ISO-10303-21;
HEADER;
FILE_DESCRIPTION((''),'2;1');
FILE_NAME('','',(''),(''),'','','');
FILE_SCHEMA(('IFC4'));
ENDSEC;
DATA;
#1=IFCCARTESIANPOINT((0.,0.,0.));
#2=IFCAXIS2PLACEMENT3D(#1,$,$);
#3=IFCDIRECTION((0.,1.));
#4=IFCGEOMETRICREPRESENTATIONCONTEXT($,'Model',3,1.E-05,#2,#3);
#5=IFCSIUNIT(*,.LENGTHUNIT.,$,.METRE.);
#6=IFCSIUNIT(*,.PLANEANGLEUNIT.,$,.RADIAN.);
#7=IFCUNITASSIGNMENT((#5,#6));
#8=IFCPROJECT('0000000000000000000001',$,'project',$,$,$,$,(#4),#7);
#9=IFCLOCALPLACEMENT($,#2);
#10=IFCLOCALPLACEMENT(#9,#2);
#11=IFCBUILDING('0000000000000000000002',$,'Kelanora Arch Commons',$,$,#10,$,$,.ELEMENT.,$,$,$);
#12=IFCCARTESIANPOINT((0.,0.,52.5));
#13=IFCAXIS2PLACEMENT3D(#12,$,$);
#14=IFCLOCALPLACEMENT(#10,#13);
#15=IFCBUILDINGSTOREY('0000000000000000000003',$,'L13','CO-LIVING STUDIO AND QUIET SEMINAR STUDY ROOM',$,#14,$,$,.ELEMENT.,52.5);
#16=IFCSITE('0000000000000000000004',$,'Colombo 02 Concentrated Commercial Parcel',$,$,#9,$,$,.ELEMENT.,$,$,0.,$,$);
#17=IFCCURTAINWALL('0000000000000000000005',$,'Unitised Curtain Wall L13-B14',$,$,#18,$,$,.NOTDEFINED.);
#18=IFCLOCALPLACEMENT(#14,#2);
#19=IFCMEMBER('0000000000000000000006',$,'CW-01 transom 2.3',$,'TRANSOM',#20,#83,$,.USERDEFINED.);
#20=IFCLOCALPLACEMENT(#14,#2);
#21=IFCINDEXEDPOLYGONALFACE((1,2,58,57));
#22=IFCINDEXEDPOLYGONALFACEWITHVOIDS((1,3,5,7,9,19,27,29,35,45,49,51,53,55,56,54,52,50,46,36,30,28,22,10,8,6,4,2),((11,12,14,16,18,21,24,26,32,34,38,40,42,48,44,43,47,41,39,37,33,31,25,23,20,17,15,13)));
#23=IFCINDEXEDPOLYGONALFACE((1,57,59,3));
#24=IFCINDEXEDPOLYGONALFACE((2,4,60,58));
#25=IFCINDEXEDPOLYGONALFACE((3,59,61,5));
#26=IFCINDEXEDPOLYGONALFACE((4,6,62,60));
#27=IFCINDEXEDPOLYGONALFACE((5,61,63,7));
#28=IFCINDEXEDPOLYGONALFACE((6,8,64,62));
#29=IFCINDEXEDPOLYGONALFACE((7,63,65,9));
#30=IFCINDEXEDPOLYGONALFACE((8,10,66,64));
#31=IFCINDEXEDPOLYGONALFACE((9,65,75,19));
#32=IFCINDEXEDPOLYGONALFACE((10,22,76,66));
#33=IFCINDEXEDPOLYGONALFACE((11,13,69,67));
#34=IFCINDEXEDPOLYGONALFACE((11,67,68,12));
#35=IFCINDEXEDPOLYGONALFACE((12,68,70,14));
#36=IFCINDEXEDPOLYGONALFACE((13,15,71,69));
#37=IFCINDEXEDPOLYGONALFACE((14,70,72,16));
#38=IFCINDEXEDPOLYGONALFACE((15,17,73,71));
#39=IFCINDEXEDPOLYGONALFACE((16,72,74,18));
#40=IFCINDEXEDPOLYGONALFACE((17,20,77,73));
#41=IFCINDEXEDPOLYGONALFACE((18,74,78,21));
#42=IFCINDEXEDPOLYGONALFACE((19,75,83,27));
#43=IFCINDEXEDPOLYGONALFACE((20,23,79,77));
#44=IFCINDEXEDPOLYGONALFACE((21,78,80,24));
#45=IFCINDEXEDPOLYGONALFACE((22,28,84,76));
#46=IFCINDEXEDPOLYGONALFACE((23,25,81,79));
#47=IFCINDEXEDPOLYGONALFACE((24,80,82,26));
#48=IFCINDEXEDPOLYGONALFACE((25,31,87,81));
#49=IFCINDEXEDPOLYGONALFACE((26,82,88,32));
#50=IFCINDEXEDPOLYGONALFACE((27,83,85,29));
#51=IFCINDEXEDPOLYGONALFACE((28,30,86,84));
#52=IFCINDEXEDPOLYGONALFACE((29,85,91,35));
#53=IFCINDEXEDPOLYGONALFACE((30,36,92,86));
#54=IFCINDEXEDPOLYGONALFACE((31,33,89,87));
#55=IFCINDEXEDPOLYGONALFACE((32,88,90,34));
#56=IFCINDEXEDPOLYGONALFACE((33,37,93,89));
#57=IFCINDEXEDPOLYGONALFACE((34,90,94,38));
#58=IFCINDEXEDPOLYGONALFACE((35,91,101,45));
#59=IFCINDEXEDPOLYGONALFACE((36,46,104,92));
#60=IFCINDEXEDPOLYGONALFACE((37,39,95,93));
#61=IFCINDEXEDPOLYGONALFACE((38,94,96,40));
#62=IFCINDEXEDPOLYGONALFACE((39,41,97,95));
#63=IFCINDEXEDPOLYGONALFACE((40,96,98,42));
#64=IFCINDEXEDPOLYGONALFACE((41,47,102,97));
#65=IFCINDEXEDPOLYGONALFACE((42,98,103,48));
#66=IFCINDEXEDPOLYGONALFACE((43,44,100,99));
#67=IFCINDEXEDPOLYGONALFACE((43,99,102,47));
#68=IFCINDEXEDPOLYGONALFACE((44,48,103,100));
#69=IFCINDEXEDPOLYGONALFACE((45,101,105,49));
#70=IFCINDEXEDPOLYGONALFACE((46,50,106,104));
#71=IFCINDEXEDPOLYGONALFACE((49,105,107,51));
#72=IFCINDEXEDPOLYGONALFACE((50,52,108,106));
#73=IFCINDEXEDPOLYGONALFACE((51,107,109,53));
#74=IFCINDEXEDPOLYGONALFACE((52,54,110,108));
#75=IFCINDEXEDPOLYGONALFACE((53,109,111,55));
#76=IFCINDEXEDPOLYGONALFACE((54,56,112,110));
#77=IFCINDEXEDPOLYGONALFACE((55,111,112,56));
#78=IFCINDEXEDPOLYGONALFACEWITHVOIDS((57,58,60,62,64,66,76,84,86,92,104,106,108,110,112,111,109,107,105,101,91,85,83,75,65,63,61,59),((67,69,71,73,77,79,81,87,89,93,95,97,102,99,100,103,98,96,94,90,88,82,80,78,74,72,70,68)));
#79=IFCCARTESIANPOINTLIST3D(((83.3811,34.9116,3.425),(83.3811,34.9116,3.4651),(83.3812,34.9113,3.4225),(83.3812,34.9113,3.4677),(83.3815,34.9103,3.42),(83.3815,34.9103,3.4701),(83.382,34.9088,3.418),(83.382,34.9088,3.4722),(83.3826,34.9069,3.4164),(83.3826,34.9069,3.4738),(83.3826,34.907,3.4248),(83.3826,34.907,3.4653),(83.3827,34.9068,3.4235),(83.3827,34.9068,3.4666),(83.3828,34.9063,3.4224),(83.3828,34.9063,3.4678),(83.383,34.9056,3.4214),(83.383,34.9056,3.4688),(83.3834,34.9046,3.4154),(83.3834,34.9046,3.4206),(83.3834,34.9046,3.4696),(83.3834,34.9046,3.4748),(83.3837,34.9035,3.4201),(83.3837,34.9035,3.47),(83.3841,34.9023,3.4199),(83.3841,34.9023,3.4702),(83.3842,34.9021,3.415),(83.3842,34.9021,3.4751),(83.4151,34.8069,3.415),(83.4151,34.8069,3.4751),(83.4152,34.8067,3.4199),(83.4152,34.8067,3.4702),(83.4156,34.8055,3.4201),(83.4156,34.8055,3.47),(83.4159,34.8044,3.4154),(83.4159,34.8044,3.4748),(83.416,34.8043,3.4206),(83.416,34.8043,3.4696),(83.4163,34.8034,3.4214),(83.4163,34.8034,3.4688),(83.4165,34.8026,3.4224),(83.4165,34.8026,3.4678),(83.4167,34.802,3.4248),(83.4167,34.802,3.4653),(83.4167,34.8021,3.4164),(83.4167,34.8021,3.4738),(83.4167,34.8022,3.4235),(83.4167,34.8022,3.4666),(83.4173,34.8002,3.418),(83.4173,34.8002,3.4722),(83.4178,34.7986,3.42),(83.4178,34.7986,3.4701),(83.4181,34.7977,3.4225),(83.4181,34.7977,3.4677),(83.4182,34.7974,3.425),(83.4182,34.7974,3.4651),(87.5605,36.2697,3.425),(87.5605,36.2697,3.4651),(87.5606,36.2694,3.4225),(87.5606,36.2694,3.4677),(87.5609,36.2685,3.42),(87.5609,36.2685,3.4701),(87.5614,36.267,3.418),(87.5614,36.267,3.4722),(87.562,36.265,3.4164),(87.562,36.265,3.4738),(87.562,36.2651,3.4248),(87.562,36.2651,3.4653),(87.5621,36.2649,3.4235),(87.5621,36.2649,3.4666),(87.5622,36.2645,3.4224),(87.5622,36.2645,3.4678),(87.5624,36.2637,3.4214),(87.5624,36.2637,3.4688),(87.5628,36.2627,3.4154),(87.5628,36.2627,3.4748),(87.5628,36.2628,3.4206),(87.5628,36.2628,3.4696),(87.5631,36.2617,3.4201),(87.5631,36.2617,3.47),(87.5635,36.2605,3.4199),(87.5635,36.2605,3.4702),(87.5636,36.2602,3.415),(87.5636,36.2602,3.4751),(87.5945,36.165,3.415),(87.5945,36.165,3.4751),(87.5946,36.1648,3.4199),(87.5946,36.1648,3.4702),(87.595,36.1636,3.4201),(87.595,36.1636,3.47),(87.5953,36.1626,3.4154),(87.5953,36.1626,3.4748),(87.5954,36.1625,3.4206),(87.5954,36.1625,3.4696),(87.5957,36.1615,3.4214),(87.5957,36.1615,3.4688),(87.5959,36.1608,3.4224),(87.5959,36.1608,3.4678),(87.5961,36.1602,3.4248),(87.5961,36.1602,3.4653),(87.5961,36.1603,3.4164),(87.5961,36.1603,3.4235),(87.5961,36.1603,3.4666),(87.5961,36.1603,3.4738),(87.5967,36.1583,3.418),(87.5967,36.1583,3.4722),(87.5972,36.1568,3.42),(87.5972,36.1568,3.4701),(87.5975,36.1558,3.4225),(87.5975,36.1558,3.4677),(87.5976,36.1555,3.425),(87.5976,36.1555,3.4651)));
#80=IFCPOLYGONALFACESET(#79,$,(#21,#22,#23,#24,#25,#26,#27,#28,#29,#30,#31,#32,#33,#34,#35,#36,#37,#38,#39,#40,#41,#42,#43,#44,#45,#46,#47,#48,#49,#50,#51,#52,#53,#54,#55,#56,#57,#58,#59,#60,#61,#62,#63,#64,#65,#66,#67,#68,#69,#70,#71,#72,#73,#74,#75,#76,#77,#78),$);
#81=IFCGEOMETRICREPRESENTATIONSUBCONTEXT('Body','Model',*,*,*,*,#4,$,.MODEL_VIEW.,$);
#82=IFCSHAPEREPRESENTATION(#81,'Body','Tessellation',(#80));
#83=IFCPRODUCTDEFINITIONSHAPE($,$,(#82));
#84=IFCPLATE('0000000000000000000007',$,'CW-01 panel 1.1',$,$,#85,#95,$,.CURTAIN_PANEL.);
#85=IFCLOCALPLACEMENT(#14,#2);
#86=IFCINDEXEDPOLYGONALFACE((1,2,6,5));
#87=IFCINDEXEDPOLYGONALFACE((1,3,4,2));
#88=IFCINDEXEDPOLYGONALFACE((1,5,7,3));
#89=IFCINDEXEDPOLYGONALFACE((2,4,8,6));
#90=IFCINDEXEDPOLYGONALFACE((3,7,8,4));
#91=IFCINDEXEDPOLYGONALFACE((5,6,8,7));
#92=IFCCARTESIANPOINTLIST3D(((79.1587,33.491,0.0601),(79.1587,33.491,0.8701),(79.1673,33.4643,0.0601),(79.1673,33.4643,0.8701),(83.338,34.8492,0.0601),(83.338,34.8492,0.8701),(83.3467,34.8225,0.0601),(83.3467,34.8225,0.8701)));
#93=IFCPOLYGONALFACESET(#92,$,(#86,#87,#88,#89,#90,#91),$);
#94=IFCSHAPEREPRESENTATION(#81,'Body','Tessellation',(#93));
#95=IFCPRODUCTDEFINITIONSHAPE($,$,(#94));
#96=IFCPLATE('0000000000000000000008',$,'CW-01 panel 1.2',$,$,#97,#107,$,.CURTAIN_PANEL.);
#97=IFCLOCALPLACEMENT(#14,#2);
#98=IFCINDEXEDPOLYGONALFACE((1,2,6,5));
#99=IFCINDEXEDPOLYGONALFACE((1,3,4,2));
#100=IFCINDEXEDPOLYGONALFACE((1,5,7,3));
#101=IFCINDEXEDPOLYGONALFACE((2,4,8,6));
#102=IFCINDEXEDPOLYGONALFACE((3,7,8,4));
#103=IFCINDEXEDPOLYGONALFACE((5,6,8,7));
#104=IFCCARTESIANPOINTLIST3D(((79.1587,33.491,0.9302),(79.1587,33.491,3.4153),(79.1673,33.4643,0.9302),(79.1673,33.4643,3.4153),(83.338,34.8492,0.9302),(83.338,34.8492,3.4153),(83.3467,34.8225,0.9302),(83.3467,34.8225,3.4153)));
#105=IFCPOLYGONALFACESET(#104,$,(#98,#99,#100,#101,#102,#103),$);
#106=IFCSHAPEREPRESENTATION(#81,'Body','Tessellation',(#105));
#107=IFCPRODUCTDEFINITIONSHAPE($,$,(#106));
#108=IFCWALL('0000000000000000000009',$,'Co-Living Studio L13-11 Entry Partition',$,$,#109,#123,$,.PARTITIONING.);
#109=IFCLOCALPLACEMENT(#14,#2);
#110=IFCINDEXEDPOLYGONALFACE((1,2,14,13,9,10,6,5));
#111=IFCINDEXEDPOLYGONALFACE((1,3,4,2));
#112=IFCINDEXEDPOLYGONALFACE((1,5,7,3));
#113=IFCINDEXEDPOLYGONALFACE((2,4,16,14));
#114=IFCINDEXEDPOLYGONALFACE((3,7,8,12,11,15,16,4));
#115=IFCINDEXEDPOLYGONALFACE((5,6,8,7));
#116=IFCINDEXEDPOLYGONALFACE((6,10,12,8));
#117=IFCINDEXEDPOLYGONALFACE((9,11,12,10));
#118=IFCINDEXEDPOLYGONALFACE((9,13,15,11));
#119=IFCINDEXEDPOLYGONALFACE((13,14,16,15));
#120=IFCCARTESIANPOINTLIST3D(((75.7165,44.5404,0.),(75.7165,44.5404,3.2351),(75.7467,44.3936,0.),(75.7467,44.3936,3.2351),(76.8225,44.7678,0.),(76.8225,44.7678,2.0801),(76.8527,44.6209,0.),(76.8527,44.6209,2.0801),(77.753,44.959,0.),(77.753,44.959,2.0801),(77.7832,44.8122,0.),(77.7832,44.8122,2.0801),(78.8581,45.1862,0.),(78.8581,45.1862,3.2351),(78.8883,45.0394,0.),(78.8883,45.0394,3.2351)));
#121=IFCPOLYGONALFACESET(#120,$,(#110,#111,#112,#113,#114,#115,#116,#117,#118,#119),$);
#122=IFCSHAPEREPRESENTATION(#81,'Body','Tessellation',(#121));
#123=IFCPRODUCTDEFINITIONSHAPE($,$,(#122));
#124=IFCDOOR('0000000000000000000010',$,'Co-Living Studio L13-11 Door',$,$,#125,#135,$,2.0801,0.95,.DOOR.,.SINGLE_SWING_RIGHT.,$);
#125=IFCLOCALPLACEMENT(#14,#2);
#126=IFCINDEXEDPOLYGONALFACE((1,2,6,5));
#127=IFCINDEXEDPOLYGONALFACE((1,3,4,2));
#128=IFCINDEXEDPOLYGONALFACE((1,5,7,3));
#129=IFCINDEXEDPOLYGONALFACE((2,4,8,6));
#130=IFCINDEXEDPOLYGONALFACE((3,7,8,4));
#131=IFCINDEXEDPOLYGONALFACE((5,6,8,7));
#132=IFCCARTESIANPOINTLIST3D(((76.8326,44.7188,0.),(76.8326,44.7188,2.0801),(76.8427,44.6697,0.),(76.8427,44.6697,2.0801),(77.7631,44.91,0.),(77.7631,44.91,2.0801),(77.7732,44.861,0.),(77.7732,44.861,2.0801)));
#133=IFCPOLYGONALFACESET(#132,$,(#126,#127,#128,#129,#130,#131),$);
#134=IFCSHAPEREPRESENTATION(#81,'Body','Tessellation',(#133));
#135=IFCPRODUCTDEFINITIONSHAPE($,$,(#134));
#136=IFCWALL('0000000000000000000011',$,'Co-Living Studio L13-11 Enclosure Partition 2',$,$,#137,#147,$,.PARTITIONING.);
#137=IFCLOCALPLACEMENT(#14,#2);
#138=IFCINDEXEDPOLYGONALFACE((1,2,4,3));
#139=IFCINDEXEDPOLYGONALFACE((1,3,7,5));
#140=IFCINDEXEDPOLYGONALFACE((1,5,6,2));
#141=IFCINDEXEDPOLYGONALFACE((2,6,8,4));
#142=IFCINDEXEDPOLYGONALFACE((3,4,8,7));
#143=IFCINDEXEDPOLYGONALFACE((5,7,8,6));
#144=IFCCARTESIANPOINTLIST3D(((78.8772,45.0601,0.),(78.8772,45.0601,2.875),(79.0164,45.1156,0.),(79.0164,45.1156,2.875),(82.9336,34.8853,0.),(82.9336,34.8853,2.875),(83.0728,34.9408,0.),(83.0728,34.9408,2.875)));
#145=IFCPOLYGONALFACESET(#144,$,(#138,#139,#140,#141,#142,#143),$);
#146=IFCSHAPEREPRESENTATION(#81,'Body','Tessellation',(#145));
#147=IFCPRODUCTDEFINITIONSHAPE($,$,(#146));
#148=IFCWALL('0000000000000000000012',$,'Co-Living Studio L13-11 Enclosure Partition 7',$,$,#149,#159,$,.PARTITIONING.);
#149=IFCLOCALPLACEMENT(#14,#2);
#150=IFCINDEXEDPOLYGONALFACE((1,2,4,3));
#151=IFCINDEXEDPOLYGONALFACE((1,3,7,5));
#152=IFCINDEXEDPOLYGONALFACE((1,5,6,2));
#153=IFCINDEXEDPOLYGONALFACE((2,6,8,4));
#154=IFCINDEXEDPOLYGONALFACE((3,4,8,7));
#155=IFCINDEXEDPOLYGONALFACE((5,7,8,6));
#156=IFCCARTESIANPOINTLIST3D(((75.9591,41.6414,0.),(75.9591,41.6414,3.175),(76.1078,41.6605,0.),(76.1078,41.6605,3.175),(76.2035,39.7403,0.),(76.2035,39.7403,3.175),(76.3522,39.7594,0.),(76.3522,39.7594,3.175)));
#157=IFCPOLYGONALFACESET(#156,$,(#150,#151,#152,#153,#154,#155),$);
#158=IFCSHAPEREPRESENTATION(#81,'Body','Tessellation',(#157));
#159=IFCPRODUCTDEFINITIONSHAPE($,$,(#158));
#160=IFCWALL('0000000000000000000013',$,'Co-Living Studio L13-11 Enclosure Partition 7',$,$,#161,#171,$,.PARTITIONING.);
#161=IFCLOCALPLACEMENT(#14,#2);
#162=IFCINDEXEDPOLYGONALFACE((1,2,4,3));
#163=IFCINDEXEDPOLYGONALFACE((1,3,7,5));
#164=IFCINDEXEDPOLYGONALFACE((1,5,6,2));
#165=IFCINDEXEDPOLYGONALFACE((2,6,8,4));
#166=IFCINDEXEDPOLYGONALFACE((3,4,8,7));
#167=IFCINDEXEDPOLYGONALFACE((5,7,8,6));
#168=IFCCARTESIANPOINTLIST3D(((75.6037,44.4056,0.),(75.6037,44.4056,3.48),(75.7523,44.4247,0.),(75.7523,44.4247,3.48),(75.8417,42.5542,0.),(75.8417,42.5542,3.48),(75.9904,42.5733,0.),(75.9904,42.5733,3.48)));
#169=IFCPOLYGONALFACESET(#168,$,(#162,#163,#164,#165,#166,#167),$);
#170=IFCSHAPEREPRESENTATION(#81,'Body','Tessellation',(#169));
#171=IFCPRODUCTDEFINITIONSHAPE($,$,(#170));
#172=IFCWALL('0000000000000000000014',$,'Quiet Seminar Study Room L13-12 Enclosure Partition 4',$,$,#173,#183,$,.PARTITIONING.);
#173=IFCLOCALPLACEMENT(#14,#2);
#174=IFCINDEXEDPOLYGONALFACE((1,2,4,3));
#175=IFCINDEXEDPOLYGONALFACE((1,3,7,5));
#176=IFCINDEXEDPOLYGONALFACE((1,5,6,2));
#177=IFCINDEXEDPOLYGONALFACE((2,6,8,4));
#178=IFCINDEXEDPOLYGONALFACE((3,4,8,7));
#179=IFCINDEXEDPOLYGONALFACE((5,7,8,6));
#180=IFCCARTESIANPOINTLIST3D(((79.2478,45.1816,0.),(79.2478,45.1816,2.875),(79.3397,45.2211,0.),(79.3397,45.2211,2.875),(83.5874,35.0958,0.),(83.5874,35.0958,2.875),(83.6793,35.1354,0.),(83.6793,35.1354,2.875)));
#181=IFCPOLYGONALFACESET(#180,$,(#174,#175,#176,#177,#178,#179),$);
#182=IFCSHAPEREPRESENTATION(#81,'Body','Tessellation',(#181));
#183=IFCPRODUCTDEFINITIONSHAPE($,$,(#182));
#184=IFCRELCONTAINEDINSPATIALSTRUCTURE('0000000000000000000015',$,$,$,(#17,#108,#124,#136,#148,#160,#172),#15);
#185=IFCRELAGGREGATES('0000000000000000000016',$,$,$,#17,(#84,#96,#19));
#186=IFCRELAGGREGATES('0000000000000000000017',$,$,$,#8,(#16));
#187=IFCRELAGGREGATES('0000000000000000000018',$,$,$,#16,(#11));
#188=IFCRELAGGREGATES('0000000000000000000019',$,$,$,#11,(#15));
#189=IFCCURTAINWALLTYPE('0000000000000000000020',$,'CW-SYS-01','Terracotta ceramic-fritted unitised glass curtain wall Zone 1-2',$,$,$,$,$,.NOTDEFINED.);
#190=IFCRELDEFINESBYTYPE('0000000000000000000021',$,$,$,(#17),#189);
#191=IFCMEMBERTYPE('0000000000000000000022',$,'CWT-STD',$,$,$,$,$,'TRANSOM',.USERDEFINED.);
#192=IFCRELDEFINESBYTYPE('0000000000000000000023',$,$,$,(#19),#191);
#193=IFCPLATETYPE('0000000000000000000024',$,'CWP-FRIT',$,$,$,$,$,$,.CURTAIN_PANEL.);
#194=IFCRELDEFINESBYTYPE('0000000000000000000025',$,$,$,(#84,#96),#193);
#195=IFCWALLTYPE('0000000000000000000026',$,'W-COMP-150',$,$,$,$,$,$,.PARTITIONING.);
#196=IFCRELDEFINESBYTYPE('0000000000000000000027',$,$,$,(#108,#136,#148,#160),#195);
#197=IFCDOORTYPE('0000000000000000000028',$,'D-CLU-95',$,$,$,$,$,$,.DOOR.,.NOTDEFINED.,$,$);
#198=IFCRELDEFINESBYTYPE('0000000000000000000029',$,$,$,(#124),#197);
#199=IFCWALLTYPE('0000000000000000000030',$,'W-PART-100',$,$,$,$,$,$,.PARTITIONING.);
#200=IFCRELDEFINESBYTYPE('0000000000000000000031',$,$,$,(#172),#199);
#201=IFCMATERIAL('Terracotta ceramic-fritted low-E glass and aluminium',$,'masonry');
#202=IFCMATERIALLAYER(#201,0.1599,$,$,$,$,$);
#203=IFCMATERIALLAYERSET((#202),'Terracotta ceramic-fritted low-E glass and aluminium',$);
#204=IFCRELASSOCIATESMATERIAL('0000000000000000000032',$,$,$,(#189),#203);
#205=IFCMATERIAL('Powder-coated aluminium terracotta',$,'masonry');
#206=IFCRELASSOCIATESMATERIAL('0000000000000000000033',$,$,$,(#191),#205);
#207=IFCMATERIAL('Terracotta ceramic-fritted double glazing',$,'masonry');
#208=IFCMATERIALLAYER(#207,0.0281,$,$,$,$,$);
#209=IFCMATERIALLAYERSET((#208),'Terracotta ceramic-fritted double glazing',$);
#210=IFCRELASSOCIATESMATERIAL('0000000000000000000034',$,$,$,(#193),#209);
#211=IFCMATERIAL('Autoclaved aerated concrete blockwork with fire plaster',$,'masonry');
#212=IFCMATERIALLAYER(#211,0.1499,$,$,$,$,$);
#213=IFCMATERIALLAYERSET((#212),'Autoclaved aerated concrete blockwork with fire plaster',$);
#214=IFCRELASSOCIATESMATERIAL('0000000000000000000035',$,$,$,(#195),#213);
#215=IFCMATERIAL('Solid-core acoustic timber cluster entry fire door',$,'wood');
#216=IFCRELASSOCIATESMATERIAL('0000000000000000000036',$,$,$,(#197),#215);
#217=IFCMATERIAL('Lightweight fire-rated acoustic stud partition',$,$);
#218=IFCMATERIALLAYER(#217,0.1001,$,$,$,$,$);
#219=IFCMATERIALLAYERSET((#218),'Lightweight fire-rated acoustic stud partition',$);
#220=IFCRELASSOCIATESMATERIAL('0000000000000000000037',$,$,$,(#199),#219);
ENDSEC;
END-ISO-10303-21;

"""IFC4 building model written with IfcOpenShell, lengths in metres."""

from ifc_helpers import new_model, si_unit, direction, frame, frame_2d, origin, origin_2d, place, context, subcontext, project, spatial, rectangle, hollow_rectangle, extrude, source, transform, mapped, material, layer, layer_set, material_profile, profile_set, type_object, element, fill, aggregate, save


model = new_model("IFC4")

# Units and contexts
model_context = context("Model", 3, precision=1e-05, world=origin(), true_north=direction((0.0, 1.0)))
body_context = subcontext(model_context, "Body", "Model", "MODEL_VIEW")
ifc_project = project(units=[si_unit("LENGTHUNIT", "METRE"), si_unit("PLANEANGLEUNIT", "RADIAN")], contexts=[model_context])

# Site, building, storey
site_placement = place(None, origin())
site = spatial("IfcSite", under=ifc_project, at=site_placement, Name="Colombo 02 Concentrated Commercial Parcel", CompositionType="ELEMENT", RefElevation=0.0)
building_placement = place(site_placement, origin())
building = spatial("IfcBuilding", under=site, at=building_placement, Name="Kelanora Arch Commons", CompositionType="ELEMENT")
storey_placement = place(building_placement, frame((0.0, 0.0, 52.5)))
storey = spatial("IfcBuildingStorey", under=building, at=storey_placement, Name="L13", Description="CO-LIVING STUDIO AND QUIET SEMINAR STUDY ROOM", CompositionType="ELEMENT", Elevation=52.5)

# Curtain wall, member, plates
ifc_material_1 = material(Name="Terracotta ceramic-fritted low-E glass and aluminium", Category="masonry")
ifc_layer_1 = layer(ifc_material_1, 0.1599)
ifc_layer_set_1 = layer_set([ifc_layer_1], Name="Terracotta ceramic-fritted low-E glass and aluminium")
curtain_wall_type = type_object("IfcCurtainWallType", Name="CW-SYS-01", Description="Terracotta ceramic-fritted unitised glass curtain wall Zone 1-2", PredefinedType="NOTDEFINED", material=ifc_layer_set_1)
curtain_wall_placement = place(storey_placement, origin())
curtain_wall = element("IfcCurtainWall", 1, at=curtain_wall_placement, inside=storey, type_object=curtain_wall_type, Name="Unitised Curtain Wall L13-B14", PredefinedType="NOTDEFINED")
ifc_material_2 = material(Name="Powder-coated aluminium terracotta", Category="masonry")
ifc_material_profile_1 = material_profile(ifc_material_2, hollow_rectangle(XDim=0.1201, YDim=0.0601, WallThickness=0.0049, InnerFilletRadius=0.0049, OuterFilletRadius=0.01, at=origin_2d()), Name="CWT120x60")
ifc_profile_set_1 = profile_set([ifc_material_profile_1], Name="Powder-coated aluminium terracotta")
member_type_1 = type_object("IfcMemberType", Name="CWT-STD", ElementType="TRANSOM", PredefinedType="USERDEFINED", material=ifc_profile_set_1)
member_1_placement = place(storey_placement, frame((83.3997, 34.8545, 3.4451), z_axis=(0.951045, 0.309052, 0.0), x_axis=(-0.309052, 0.951045, 0.0)))
member_1 = element("IfcMember", 2, at=member_1_placement, type_object=member_type_1, Name="CW-01 transom 2.3", ObjectType="TRANSOM", PredefinedType="USERDEFINED", context=body_context, shape_type="SweptSolid", body=[
    extrude(hollow_rectangle(XDim=0.1201, YDim=0.0601, WallThickness=0.0049, InnerFilletRadius=0.0049, OuterFilletRadius=0.01, at=origin_2d()), origin(), (0.0, 0.0, 1.0), 4.3945),
])
ifc_material_3 = material(Name="Terracotta ceramic-fritted double glazing", Category="masonry")
ifc_layer_2 = layer(ifc_material_3, 0.0281)
ifc_layer_set_2 = layer_set([ifc_layer_2], Name="Terracotta ceramic-fritted double glazing")
plate_type = type_object("IfcPlateType", Name="CWP-FRIT", PredefinedType="CURTAIN_PANEL", material=ifc_layer_set_2)
shared_shape_1 = source(origin(), body_context, "Body", "SweptSolid", [
    extrude(rectangle(XDim=4.3945, YDim=0.0281, at=origin_2d()), origin(), (0.0, 0.0, 1.0), 0.8101),
])
plate_1_placement = place(storey_placement, frame((81.2527, 34.1567, 0.0601), z_axis=(0.0, 0.0, 1.0), x_axis=(0.951043, 0.309058, 0.0)))
plate_1 = element("IfcPlate", 3, at=plate_1_placement, type_object=plate_type, Name="CW-01 panel 1.1", PredefinedType="CURTAIN_PANEL", context=body_context, shape_type="MappedRepresentation", body=[
    mapped(shared_shape_1, transform((0.0, 0.0, 0.0), scale=1.0)),
])
shared_shape_2 = source(origin(), body_context, "Body", "SweptSolid", [
    extrude(rectangle(XDim=4.3945, YDim=0.0281, at=origin_2d()), origin(), (0.0, 0.0, 1.0), 2.4851),
])
plate_2_placement = place(storey_placement, frame((81.2527, 34.1567, 0.9302), z_axis=(0.0, 0.0, 1.0), x_axis=(0.951043, 0.309058, 0.0)))
plate_2 = element("IfcPlate", 4, at=plate_2_placement, type_object=plate_type, Name="CW-01 panel 1.2", PredefinedType="CURTAIN_PANEL", context=body_context, shape_type="MappedRepresentation", body=[
    mapped(shared_shape_2, transform((0.0, 0.0, 0.0), scale=1.0)),
])
aggregate(curtain_wall, [plate_1, plate_2, member_1])

# Wall, opening, door
ifc_material_4 = material(Name="Autoclaved aerated concrete blockwork with fire plaster", Category="masonry")
ifc_layer_3 = layer(ifc_material_4, 0.1499)
ifc_layer_set_3 = layer_set([ifc_layer_3], Name="Autoclaved aerated concrete blockwork with fire plaster")
wall_type_1 = type_object("IfcWallType", Name="W-COMP-150", PredefinedType="PARTITIONING", material=ifc_layer_set_3)
wall_1_placement = place(storey_placement, frame((75.7317, 44.467, 0.0), z_axis=(0.0, 0.0, 1.0), x_axis=(0.979522, 0.201339, 0.0)))
wall_1 = element("IfcWall", 5, at=wall_1_placement, inside=storey, type_object=wall_type_1, Name="Co-Living Studio L13-11 Entry Partition", PredefinedType="PARTITIONING", context=body_context, shape_type="SweptSolid", body=[
    extrude(rectangle(XDim=3.2073, YDim=0.1499, at=frame_2d((1.6035, 0.0))), origin(), (0.0, 0.0, 1.0), 3.2351),
])
opening_1_placement = place(wall_1_placement, frame((1.1289, 0.0, 0.0)))
opening_1 = element("IfcOpeningElement", 6, at=opening_1_placement, cuts=wall_1, PredefinedType="OPENING", context=body_context, shape_type="SweptSolid", body=[
    extrude(rectangle(XDim=0.95, YDim=2.0801, at=frame_2d((0.4751, 1.04))), frame((0.0, 0.085, 0.0), z_axis=(0.0, -1.0, 0.0), x_axis=(1.0, 0.0, 0.0)), (0.0, 0.0, 1.0), 0.1699),
])
ifc_material_5 = material(Name="Solid-core acoustic timber cluster entry fire door", Category="wood")
door_type_1 = type_object("IfcDoorType", Name="D-CLU-95", OperationType="NOTDEFINED", PredefinedType="DOOR", material=ifc_material_5)
door_1_placement = place(opening_1_placement, origin())
door_1 = element("IfcDoor", 7, at=door_1_placement, inside=storey, type_object=door_type_1, Name="Co-Living Studio L13-11 Door", OperationType="SINGLE_SWING_RIGHT", OverallHeight=2.0801, OverallWidth=0.95, PredefinedType="DOOR", context=body_context, shape_type="SweptSolid", body=[
    extrude(rectangle(XDim=0.95, YDim=2.0801, at=frame_2d((0.4751, 1.04))), frame((0.0, 0.0249, 0.0), z_axis=(0.0, -1.0, 0.0), x_axis=(1.0, 0.0, 0.0)), (0.0, 0.0, 1.0), 0.05),
])
fill(opening_1, door_1)

# Walls
wall_2_placement = place(storey_placement, frame((78.9468, 45.0879, 0.0), z_axis=(0.0, 0.0, 1.0), x_axis=(0.370326, -0.928902, 0.0)))
element("IfcWall", 8, at=wall_2_placement, inside=storey, type_object=wall_type_1, Name="Co-Living Studio L13-11 Enclosure Partition 2", PredefinedType="PARTITIONING", context=body_context, shape_type="SweptSolid", body=[
    extrude(rectangle(XDim=10.9536, YDim=0.1499, at=frame_2d((5.4768, 0.0))), origin(), (0.0, 0.0, 1.0), 2.875),
])
wall_3_placement = place(storey_placement, frame((76.2778, 39.7498, 0.0), z_axis=(0.0, 0.0, 1.0), x_axis=(-0.127498, 0.991839, 0.0)))
element("IfcWall", 9, at=wall_3_placement, inside=storey, type_object=wall_type_1, Name="Co-Living Studio L13-11 Enclosure Partition 7", PredefinedType="PARTITIONING", context=body_context, shape_type="SweptSolid", body=[
    extrude(rectangle(XDim=1.9167, YDim=0.1499, at=frame_2d((0.9585, 0.0))), origin(), (0.0, 0.0, 1.0), 3.175),
])
wall_4_placement = place(storey_placement, frame((75.916, 42.5637, 0.0), z_axis=(0.0, 0.0, 1.0), x_axis=(-0.127511, 0.991837, 0.0)))
element("IfcWall", 10, at=wall_4_placement, inside=storey, type_object=wall_type_1, Name="Co-Living Studio L13-11 Enclosure Partition 7", PredefinedType="PARTITIONING", context=body_context, shape_type="SweptSolid", body=[
    extrude(rectangle(XDim=1.8667, YDim=0.1499, at=frame_2d((0.9333, 0.0))), origin(), (0.0, 0.0, 1.0), 3.48),
])
ifc_material_6 = material(Name="Lightweight fire-rated acoustic stud partition")
ifc_layer_4 = layer(ifc_material_6, 0.1001)
ifc_layer_set_4 = layer_set([ifc_layer_4], Name="Lightweight fire-rated acoustic stud partition")
wall_type_2 = type_object("IfcWallType", Name="W-PART-100", PredefinedType="PARTITIONING", material=ifc_layer_set_4)
wall_5_placement = place(storey_placement, frame((83.6333, 35.1157, 0.0), z_axis=(0.0, 0.0, 1.0), x_axis=(-0.395239, 0.918578, 0.0)))
element("IfcWall", 11, at=wall_5_placement, inside=storey, type_object=wall_type_2, Name="Quiet Seminar Study Room L13-12 Enclosure Partition 4", PredefinedType="PARTITIONING", context=body_context, shape_type="SweptSolid", body=[
    extrude(rectangle(XDim=10.9797, YDim=0.1001, at=frame_2d((5.4897, 0.0))), origin(), (0.0, 0.0, 1.0), 2.875),
])

save(model, "model.ifc")
